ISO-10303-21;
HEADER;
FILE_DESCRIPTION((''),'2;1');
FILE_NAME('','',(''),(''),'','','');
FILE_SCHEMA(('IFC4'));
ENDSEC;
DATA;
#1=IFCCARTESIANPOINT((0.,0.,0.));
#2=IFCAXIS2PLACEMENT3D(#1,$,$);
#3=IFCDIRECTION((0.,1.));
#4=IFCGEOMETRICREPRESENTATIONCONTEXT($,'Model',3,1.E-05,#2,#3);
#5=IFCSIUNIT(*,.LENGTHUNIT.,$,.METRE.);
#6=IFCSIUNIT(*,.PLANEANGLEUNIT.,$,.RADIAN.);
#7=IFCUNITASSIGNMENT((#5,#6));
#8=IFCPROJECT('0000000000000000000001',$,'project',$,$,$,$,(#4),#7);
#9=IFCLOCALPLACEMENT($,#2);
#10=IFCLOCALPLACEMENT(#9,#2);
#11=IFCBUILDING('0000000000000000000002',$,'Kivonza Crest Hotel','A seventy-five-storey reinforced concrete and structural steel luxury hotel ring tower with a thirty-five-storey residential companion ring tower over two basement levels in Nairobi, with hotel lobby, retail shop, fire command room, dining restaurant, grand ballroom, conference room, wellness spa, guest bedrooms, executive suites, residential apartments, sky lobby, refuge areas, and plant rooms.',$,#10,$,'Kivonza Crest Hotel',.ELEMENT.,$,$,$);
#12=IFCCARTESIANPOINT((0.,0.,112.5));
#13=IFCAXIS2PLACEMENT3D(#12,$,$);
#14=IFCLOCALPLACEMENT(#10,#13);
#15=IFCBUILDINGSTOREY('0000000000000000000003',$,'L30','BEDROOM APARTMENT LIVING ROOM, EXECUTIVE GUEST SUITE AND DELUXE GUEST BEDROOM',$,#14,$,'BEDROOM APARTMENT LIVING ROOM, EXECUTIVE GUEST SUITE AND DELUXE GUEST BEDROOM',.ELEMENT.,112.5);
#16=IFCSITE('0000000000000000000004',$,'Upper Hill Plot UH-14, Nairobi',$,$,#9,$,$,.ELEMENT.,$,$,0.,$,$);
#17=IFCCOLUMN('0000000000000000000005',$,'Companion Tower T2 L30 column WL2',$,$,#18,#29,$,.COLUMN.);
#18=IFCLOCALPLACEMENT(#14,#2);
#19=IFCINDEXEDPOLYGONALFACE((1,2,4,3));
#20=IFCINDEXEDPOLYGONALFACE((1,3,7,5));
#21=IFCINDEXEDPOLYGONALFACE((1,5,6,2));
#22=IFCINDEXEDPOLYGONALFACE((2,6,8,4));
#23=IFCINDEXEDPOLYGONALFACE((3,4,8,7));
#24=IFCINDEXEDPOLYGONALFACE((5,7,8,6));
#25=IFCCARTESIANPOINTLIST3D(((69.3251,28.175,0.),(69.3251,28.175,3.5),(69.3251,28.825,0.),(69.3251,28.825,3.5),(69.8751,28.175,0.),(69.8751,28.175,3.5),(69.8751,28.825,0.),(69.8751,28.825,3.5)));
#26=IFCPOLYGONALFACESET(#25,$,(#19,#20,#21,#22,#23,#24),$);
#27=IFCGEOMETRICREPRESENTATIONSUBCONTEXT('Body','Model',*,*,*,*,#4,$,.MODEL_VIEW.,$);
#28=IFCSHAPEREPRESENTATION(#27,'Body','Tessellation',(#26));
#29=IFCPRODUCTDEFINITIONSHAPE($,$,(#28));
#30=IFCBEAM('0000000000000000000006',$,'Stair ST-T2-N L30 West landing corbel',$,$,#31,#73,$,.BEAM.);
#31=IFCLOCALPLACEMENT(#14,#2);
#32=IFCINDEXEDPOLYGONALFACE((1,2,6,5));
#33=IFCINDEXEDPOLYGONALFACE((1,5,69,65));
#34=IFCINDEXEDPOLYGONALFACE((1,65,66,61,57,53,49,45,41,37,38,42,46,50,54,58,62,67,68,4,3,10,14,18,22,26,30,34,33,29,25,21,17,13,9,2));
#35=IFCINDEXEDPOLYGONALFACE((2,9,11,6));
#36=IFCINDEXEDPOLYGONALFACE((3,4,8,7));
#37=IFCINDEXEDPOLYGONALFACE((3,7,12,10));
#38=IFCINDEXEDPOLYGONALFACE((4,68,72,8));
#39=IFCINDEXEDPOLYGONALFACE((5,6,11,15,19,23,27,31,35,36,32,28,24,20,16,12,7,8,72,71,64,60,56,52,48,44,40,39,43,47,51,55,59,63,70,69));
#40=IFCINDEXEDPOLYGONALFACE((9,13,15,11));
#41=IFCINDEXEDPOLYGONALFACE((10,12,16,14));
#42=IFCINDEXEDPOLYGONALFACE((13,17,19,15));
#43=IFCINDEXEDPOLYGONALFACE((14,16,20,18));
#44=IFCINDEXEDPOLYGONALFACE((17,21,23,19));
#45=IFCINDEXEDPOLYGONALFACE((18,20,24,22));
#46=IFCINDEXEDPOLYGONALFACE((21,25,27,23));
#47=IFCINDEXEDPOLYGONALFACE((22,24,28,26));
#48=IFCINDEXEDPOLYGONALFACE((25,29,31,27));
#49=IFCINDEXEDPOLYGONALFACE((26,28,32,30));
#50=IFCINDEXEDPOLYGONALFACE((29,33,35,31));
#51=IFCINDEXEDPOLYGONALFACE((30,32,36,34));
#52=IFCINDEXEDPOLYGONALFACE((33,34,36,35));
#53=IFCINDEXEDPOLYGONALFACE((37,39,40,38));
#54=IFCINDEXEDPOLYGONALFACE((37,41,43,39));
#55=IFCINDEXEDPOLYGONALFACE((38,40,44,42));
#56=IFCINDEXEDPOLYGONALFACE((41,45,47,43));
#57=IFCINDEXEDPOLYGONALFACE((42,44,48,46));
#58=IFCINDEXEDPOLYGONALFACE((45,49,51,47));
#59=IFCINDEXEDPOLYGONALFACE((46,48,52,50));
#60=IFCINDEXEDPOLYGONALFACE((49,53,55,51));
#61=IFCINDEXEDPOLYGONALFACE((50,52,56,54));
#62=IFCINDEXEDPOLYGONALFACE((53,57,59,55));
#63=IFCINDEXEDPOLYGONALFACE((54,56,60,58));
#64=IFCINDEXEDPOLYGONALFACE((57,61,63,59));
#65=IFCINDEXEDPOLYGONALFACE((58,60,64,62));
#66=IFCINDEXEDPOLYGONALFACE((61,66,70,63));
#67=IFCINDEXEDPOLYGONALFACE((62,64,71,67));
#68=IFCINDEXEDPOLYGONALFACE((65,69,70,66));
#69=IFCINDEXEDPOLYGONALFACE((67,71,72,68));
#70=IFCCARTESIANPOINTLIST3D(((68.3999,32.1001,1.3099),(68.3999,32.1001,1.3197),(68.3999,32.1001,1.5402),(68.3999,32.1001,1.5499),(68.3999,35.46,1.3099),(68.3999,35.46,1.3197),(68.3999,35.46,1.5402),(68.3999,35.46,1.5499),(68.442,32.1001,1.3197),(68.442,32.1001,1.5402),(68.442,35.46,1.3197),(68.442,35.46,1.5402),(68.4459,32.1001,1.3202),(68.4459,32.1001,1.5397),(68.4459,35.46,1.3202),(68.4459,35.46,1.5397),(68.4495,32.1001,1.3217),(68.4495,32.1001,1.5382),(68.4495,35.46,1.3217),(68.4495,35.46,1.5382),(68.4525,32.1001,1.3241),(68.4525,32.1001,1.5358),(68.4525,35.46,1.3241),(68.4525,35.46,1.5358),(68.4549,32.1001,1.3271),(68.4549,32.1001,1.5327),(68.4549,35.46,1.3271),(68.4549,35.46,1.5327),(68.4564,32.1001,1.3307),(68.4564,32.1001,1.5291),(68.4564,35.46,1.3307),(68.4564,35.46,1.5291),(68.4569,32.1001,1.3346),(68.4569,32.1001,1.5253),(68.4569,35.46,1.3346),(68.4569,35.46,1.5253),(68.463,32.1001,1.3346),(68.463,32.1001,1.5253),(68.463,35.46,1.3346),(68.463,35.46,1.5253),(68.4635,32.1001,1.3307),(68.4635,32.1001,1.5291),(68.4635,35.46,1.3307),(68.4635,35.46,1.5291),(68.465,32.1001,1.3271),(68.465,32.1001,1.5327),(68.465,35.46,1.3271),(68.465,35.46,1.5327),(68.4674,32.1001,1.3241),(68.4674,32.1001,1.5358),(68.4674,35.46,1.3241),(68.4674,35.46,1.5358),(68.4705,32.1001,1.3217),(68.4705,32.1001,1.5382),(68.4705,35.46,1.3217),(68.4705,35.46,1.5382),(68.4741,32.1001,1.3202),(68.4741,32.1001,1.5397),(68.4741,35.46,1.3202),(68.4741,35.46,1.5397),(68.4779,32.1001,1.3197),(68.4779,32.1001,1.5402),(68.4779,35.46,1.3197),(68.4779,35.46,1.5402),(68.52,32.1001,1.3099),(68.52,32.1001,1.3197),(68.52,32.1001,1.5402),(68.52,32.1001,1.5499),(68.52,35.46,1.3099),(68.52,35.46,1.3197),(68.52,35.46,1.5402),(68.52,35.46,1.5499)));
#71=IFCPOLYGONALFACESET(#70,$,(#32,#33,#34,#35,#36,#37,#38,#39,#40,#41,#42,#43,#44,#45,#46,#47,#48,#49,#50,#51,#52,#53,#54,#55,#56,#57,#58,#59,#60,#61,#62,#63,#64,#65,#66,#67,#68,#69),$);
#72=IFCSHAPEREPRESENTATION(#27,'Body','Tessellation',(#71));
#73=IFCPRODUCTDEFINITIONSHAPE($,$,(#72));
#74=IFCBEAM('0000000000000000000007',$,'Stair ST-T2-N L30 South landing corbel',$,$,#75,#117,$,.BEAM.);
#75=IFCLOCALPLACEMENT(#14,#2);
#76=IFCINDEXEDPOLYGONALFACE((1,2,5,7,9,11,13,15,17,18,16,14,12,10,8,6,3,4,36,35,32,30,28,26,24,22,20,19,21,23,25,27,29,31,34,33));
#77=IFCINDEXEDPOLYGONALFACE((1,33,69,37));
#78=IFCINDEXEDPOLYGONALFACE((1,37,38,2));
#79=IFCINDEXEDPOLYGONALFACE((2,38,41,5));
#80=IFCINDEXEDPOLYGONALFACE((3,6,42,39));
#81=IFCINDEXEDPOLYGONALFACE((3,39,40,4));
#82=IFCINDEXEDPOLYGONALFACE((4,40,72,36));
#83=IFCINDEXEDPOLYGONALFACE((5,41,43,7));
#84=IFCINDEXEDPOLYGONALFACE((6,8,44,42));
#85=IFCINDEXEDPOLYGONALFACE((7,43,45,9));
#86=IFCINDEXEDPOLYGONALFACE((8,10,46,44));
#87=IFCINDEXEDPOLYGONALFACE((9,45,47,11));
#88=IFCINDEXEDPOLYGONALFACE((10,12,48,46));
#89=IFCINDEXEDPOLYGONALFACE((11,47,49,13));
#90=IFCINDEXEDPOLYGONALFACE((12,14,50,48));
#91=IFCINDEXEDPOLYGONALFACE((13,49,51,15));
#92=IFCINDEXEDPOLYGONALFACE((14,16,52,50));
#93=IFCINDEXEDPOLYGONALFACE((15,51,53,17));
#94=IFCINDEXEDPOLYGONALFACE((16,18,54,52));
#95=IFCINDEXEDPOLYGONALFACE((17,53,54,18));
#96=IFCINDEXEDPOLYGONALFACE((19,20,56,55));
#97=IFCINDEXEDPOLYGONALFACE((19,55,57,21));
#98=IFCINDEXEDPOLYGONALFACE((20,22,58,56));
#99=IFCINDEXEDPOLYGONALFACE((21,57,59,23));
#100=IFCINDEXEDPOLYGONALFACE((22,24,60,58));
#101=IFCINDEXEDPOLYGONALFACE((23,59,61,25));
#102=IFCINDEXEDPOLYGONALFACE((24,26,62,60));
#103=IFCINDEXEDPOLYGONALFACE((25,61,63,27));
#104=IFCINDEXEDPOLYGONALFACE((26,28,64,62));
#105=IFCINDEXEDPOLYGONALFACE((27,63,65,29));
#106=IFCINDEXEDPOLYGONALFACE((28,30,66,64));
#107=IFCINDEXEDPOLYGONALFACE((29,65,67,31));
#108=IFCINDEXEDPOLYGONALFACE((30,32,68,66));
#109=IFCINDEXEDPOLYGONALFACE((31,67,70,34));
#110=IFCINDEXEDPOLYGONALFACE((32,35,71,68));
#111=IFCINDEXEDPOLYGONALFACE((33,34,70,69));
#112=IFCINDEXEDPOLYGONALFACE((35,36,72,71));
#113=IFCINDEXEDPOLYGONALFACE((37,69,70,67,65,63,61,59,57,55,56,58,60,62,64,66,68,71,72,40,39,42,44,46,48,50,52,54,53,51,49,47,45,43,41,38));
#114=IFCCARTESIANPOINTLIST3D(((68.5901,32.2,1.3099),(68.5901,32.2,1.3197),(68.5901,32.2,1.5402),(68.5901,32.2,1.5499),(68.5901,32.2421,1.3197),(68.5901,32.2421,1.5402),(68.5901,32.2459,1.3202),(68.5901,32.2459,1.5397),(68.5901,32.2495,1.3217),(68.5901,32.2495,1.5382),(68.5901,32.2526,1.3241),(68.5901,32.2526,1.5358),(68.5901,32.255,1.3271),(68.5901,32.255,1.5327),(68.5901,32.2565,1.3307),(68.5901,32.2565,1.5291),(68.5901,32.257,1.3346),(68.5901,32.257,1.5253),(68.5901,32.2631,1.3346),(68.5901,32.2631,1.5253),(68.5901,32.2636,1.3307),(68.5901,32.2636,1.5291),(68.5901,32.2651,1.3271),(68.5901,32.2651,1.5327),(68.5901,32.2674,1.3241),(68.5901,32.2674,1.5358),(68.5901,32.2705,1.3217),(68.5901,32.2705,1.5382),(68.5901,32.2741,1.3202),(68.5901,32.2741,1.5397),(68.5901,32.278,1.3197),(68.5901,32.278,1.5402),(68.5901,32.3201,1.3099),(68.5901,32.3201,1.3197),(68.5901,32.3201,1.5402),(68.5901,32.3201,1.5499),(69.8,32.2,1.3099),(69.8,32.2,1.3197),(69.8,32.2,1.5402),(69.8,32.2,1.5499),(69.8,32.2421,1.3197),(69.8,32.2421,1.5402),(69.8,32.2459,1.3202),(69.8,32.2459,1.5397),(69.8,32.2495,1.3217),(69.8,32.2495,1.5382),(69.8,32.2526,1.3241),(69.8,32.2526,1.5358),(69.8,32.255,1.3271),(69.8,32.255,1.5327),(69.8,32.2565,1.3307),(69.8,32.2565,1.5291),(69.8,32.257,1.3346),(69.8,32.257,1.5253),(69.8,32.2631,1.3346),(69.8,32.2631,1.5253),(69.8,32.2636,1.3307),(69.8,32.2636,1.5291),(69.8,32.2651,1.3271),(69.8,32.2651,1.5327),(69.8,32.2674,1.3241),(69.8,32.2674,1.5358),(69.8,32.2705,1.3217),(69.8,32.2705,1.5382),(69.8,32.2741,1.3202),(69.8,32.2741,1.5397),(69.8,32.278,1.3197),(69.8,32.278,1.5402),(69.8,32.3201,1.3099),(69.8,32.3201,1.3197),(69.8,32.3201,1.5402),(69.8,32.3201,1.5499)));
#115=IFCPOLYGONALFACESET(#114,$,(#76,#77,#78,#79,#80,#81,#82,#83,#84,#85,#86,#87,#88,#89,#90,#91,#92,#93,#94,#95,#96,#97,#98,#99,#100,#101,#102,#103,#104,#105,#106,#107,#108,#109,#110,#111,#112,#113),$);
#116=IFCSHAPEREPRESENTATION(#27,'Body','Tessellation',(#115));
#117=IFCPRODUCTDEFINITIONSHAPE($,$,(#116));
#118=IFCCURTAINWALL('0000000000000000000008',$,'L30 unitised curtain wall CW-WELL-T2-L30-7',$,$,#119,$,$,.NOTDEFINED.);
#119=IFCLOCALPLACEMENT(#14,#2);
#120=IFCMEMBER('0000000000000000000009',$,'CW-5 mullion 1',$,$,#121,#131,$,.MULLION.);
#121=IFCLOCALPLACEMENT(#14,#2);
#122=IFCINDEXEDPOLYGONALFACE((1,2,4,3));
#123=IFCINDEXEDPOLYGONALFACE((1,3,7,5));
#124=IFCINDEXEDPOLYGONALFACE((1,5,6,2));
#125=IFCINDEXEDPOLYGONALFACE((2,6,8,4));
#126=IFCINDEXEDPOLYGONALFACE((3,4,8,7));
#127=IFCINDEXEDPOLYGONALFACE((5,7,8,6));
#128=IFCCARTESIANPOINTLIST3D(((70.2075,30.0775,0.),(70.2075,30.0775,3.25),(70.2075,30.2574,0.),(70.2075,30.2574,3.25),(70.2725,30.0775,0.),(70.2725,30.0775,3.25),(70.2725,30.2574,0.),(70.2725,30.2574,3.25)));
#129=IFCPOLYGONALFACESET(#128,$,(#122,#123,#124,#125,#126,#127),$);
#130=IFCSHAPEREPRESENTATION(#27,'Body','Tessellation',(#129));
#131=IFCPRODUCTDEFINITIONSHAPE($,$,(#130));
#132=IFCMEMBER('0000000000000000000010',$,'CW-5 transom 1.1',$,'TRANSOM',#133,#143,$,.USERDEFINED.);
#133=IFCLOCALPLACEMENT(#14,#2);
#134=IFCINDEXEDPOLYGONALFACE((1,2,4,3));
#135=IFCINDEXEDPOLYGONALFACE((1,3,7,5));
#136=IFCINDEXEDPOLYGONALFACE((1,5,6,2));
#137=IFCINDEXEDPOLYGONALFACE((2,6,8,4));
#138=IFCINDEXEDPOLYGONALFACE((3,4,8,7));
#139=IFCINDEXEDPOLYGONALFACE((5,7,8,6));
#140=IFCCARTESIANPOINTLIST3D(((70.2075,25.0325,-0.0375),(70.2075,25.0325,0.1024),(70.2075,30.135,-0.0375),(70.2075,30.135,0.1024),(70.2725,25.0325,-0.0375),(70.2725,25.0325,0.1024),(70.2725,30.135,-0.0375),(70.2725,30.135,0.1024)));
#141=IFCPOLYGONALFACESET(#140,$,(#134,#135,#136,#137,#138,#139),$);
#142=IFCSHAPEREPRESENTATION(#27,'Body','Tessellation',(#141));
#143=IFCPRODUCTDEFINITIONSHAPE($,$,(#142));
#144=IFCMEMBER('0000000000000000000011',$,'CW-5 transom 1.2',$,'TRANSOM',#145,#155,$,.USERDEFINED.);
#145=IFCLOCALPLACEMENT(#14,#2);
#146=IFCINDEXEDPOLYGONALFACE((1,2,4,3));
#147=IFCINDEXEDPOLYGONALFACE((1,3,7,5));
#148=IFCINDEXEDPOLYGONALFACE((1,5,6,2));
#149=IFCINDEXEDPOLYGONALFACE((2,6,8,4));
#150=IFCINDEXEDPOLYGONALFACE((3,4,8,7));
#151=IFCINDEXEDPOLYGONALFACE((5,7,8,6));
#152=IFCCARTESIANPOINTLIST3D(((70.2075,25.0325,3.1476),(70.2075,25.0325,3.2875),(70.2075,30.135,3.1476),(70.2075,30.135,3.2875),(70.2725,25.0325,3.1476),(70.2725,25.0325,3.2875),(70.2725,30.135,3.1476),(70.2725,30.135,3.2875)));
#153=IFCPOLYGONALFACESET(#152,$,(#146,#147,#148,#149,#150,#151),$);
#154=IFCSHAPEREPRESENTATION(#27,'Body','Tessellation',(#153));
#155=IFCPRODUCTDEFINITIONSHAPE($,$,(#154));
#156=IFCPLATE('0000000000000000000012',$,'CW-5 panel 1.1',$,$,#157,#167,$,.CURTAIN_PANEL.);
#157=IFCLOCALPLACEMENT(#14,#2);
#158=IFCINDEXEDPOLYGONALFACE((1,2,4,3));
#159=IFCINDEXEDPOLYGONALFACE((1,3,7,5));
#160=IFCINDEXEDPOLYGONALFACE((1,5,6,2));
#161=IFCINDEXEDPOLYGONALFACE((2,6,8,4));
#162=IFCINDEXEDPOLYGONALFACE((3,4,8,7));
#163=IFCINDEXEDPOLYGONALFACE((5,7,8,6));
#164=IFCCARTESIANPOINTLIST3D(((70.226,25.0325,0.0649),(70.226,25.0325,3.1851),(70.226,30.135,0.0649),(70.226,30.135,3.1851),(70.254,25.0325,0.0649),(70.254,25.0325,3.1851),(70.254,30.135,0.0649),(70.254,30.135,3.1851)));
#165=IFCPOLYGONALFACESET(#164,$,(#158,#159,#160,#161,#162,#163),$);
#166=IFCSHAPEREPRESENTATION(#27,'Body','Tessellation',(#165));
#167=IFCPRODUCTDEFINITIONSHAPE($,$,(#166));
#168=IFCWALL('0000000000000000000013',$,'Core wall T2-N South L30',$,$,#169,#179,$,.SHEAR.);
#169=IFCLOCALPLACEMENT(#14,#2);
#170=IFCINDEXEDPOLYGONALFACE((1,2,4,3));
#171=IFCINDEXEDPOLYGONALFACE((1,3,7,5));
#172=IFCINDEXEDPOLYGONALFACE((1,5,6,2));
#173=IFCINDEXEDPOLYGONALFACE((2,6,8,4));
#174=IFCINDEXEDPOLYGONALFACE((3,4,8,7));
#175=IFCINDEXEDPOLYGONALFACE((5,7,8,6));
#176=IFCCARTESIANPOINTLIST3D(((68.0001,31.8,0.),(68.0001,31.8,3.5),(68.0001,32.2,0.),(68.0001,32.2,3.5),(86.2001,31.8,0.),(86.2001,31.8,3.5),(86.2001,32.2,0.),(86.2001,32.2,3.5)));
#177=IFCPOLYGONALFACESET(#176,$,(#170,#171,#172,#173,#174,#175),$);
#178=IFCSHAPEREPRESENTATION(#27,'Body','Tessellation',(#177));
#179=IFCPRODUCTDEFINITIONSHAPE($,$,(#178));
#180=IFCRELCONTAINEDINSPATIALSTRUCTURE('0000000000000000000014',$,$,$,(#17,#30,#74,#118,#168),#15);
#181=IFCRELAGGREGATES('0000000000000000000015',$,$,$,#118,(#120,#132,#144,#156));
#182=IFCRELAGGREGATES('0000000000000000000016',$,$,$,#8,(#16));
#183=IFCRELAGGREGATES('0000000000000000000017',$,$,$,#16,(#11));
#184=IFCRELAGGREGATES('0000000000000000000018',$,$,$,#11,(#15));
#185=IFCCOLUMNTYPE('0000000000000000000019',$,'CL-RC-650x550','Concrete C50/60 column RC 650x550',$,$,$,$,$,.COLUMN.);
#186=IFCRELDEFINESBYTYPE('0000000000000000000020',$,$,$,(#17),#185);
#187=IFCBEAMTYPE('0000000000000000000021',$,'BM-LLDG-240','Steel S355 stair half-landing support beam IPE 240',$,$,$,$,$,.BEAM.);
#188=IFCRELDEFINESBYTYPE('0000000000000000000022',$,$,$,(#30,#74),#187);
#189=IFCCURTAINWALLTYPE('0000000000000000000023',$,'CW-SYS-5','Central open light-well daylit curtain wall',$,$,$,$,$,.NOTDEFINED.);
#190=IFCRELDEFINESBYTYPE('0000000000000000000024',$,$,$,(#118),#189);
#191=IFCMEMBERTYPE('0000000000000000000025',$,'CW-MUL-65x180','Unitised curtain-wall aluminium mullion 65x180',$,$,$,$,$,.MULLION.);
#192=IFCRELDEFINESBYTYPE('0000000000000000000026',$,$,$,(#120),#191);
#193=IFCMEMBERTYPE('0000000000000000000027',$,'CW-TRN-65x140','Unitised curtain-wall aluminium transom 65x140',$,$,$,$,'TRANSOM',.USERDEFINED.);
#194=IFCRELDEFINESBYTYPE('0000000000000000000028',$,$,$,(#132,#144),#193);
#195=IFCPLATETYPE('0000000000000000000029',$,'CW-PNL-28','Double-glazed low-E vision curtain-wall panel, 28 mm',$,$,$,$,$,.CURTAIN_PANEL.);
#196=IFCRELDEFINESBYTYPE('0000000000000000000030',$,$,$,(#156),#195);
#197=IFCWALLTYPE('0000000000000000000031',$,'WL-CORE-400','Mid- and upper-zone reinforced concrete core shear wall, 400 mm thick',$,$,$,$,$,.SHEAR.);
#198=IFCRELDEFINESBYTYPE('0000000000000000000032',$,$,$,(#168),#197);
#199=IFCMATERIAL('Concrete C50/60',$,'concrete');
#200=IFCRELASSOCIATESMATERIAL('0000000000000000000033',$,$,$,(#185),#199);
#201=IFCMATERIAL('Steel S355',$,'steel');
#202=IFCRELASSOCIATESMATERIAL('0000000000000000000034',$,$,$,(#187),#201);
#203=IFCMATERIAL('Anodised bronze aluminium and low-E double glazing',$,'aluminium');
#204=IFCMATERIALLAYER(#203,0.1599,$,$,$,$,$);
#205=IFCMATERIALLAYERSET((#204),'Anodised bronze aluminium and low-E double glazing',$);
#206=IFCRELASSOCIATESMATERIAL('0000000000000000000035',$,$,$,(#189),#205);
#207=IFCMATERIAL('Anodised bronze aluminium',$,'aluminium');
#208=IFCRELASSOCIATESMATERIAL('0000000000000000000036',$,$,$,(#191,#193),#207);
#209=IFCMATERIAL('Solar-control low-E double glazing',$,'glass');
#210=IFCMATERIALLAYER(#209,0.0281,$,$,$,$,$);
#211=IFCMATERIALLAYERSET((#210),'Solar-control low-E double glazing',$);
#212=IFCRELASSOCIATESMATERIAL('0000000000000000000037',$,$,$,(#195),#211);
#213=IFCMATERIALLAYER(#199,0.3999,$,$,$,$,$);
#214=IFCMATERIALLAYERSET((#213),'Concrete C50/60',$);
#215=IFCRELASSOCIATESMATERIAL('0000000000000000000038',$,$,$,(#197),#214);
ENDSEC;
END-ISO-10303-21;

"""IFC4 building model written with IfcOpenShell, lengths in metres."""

from ifc_helpers import new_model, si_unit, direction, frame, frame_2d, origin, origin_2d, place, context, subcontext, project, spatial, rectangle, i_section, extrude, material, layer, layer_set, material_profile, profile_set, type_object, element, aggregate, save


model = new_model("IFC4")

# Units and contexts
model_context = context("Model", 3, precision=1e-05, world=origin(), true_north=direction((0.0, 1.0)))
body_context = subcontext(model_context, "Body", "Model", "MODEL_VIEW")
ifc_project = project(units=[si_unit("LENGTHUNIT", "METRE"), si_unit("PLANEANGLEUNIT", "RADIAN")], contexts=[model_context])

# Site, building, storey
site_placement = place(None, origin())
site = spatial("IfcSite", under=ifc_project, at=site_placement, Name="Upper Hill Plot UH-14, Nairobi", CompositionType="ELEMENT", RefElevation=0.0)
building_placement = place(site_placement, origin())
building = spatial("IfcBuilding", under=site, at=building_placement, Name="Kivonza Crest Hotel", Description="A seventy-five-storey reinforced concrete and structural steel luxury hotel ring tower with a thirty-five-storey residential companion ring tower over two basement levels in Nairobi, with hotel lobby, retail shop, fire command room, dining restaurant, grand ballroom, conference room, wellness spa, guest bedrooms, executive suites, residential apartments, sky lobby, refuge areas, and plant rooms.", LongName="Kivonza Crest Hotel", CompositionType="ELEMENT")
storey_placement = place(building_placement, frame((0.0, 0.0, 112.5)))
storey = spatial("IfcBuildingStorey", under=building, at=storey_placement, Name="L30", Description="BEDROOM APARTMENT LIVING ROOM, EXECUTIVE GUEST SUITE AND DELUXE GUEST BEDROOM", LongName="BEDROOM APARTMENT LIVING ROOM, EXECUTIVE GUEST SUITE AND DELUXE GUEST BEDROOM", CompositionType="ELEMENT", Elevation=112.5)

# Column
ifc_material_1 = material(Name="Concrete C50/60", Category="concrete")
ifc_material_profile_1 = material_profile(ifc_material_1, rectangle(XDim=0.55, YDim=0.6499, at=origin_2d()), Name="RC 650x550")
ifc_profile_set_1 = profile_set([ifc_material_profile_1], Name="Concrete C50/60")
column_type = type_object("IfcColumnType", Name="CL-RC-650x550", Description="Concrete C50/60 column RC 650x550", PredefinedType="COLUMN", material=ifc_profile_set_1)
column_placement = place(storey_placement, frame((69.6001, 28.5, 0.0), z_axis=(0.0, 0.0, 1.0), x_axis=(1.0, 0.0, 0.0)))
element("IfcColumn", 1, at=column_placement, inside=storey, type_object=column_type, Name="Companion Tower T2 L30 column WL2", PredefinedType="COLUMN", context=body_context, shape_type="SweptSolid", body=[
    extrude(rectangle(XDim=0.55, YDim=0.6499, at=origin_2d()), origin(), (0.0, 0.0, 1.0), 3.5),
])

# Beams
ifc_material_2 = material(Name="Steel S355", Category="steel")
ifc_material_profile_2 = material_profile(ifc_material_2, i_section(OverallWidth=0.1201, OverallDepth=0.24, WebThickness=0.0061, FlangeThickness=0.0098, FilletRadius=0.0149, at=origin_2d()), Name="IPE 240")
ifc_profile_set_2 = profile_set([ifc_material_profile_2], Name="Steel S355")
beam_type = type_object("IfcBeamType", Name="BM-LLDG-240", Description="Steel S355 stair half-landing support beam IPE 240", PredefinedType="BEAM", material=ifc_profile_set_2)
beam_1_placement = place(storey_placement, frame((68.46, 32.1001, 1.4299), z_axis=(0.0, 1.0, 0.0), x_axis=(-1.0, 0.0, 0.0)))
element("IfcBeam", 2, at=beam_1_placement, inside=storey, type_object=beam_type, Name="Stair ST-T2-N L30 West landing corbel", PredefinedType="BEAM", context=body_context, shape_type="SweptSolid", body=[
    extrude(i_section(OverallWidth=0.1201, OverallDepth=0.24, WebThickness=0.0061, FlangeThickness=0.0098, FilletRadius=0.0149, at=origin_2d()), origin(), (0.0, 0.0, 1.0), 3.3599),
])
beam_2_placement = place(storey_placement, frame((68.5901, 32.26, 1.4299), z_axis=(1.0, 0.0, 0.0), x_axis=(0.0, 1.0, 0.0)))
element("IfcBeam", 3, at=beam_2_placement, inside=storey, type_object=beam_type, Name="Stair ST-T2-N L30 South landing corbel", PredefinedType="BEAM", context=body_context, shape_type="SweptSolid", body=[
    extrude(i_section(OverallWidth=0.1201, OverallDepth=0.24, WebThickness=0.0061, FlangeThickness=0.0098, FilletRadius=0.0149, at=origin_2d()), origin(), (0.0, 0.0, 1.0), 1.21),
])

# Curtain wall, members, plate
ifc_material_3 = material(Name="Anodised bronze aluminium and low-E double glazing", Category="aluminium")
ifc_layer_1 = layer(ifc_material_3, 0.1599)
ifc_layer_set_1 = layer_set([ifc_layer_1], Name="Anodised bronze aluminium and low-E double glazing")
curtain_wall_type = type_object("IfcCurtainWallType", Name="CW-SYS-5", Description="Central open light-well daylit curtain wall", PredefinedType="NOTDEFINED", material=ifc_layer_set_1)
curtain_wall_placement = place(storey_placement, origin())
curtain_wall = element("IfcCurtainWall", 4, at=curtain_wall_placement, inside=storey, type_object=curtain_wall_type, Name="L30 unitised curtain wall CW-WELL-T2-L30-7", PredefinedType="NOTDEFINED")
ifc_material_4 = material(Name="Anodised bronze aluminium", Category="aluminium")
ifc_material_profile_3 = material_profile(ifc_material_4, rectangle(XDim=0.0649, YDim=0.1799, at=origin_2d()), Name="CW-M 65x180")
ifc_profile_set_3 = profile_set([ifc_material_profile_3], Name="Anodised bronze aluminium")
member_type_1 = type_object("IfcMemberType", Name="CW-MUL-65x180", Description="Unitised curtain-wall aluminium mullion 65x180", PredefinedType="MULLION", material=ifc_profile_set_3)
member_1_placement = place(storey_placement, frame((70.24, 30.1675, 0.0), z_axis=(0.0, 0.0, 1.0), x_axis=(1.0, 0.0, 0.0)))
member_1 = element("IfcMember", 5, at=member_1_placement, type_object=member_type_1, Name="CW-5 mullion 1", PredefinedType="MULLION", context=body_context, shape_type="SweptSolid", body=[
    extrude(rectangle(XDim=0.0649, YDim=0.1799, at=origin_2d()), origin(), (0.0, 0.0, 1.0), 3.25),
])
ifc_material_profile_4 = material_profile(ifc_material_4, rectangle(XDim=0.0649, YDim=0.1399, at=origin_2d()), Name="CW-T 65x140")
ifc_profile_set_4 = profile_set([ifc_material_profile_4], Name="Anodised bronze aluminium")
member_type_2 = type_object("IfcMemberType", Name="CW-TRN-65x140", Description="Unitised curtain-wall aluminium transom 65x140", ElementType="TRANSOM", PredefinedType="USERDEFINED", material=ifc_profile_set_4)
member_2_placement = place(storey_placement, frame((70.24, 30.135, 0.0325), z_axis=(0.0, -1.0, 0.0), x_axis=(1.0, 0.0, 0.0)))
member_2 = element("IfcMember", 6, at=member_2_placement, type_object=member_type_2, Name="CW-5 transom 1.1", ObjectType="TRANSOM", PredefinedType="USERDEFINED", context=body_context, shape_type="SweptSolid", body=[
    extrude(rectangle(XDim=0.0649, YDim=0.1399, at=origin_2d()), origin(), (0.0, 0.0, 1.0), 5.1025),
])
member_3_placement = place(storey_placement, frame((70.24, 30.135, 3.2175), z_axis=(0.0, -1.0, 0.0), x_axis=(1.0, 0.0, 0.0)))
member_3 = element("IfcMember", 7, at=member_3_placement, type_object=member_type_2, Name="CW-5 transom 1.2", ObjectType="TRANSOM", PredefinedType="USERDEFINED", context=body_context, shape_type="SweptSolid", body=[
    extrude(rectangle(XDim=0.0649, YDim=0.1399, at=origin_2d()), origin(), (0.0, 0.0, 1.0), 5.1025),
])
ifc_material_5 = material(Name="Solar-control low-E double glazing", Category="glass")
ifc_layer_2 = layer(ifc_material_5, 0.0281)
ifc_layer_set_2 = layer_set([ifc_layer_2], Name="Solar-control low-E double glazing")
plate_type = type_object("IfcPlateType", Name="CW-PNL-28", Description="Double-glazed low-E vision curtain-wall panel, 28 mm", PredefinedType="CURTAIN_PANEL", material=ifc_layer_set_2)
plate_placement = place(storey_placement, frame((70.24, 27.5837, 0.0649), z_axis=(0.0, 0.0, 1.0), x_axis=(0.0, -1.0, 0.0)))
plate = element("IfcPlate", 8, at=plate_placement, type_object=plate_type, Name="CW-5 panel 1.1", PredefinedType="CURTAIN_PANEL", context=body_context, shape_type="SweptSolid", body=[
    extrude(rectangle(XDim=5.1025, YDim=0.0281, at=origin_2d()), origin(), (0.0, 0.0, 1.0), 3.1201),
])
aggregate(curtain_wall, [member_1, member_2, member_3, plate])

# Wall
ifc_layer_3 = layer(ifc_material_1, 0.3999)
ifc_layer_set_3 = layer_set([ifc_layer_3], Name="Concrete C50/60")
wall_type_1 = type_object("IfcWallType", Name="WL-CORE-400", Description="Mid- and upper-zone reinforced concrete core shear wall, 400 mm thick", PredefinedType="SHEAR", material=ifc_layer_set_3)
wall_1_placement = place(storey_placement, frame((68.0, 32.0, 0.0), z_axis=(0.0, 0.0, 1.0), x_axis=(1.0, 0.0, 0.0)))
element("IfcWall", 9, at=wall_1_placement, inside=storey, type_object=wall_type_1, Name="Core wall T2-N South L30", PredefinedType="SHEAR", context=body_context, shape_type="SweptSolid", body=[
    extrude(rectangle(XDim=18.2, YDim=0.3999, at=frame_2d((9.1001, 0.0))), origin(), (0.0, 0.0, 1.0), 3.5),
])

save(model, "model.ifc")
